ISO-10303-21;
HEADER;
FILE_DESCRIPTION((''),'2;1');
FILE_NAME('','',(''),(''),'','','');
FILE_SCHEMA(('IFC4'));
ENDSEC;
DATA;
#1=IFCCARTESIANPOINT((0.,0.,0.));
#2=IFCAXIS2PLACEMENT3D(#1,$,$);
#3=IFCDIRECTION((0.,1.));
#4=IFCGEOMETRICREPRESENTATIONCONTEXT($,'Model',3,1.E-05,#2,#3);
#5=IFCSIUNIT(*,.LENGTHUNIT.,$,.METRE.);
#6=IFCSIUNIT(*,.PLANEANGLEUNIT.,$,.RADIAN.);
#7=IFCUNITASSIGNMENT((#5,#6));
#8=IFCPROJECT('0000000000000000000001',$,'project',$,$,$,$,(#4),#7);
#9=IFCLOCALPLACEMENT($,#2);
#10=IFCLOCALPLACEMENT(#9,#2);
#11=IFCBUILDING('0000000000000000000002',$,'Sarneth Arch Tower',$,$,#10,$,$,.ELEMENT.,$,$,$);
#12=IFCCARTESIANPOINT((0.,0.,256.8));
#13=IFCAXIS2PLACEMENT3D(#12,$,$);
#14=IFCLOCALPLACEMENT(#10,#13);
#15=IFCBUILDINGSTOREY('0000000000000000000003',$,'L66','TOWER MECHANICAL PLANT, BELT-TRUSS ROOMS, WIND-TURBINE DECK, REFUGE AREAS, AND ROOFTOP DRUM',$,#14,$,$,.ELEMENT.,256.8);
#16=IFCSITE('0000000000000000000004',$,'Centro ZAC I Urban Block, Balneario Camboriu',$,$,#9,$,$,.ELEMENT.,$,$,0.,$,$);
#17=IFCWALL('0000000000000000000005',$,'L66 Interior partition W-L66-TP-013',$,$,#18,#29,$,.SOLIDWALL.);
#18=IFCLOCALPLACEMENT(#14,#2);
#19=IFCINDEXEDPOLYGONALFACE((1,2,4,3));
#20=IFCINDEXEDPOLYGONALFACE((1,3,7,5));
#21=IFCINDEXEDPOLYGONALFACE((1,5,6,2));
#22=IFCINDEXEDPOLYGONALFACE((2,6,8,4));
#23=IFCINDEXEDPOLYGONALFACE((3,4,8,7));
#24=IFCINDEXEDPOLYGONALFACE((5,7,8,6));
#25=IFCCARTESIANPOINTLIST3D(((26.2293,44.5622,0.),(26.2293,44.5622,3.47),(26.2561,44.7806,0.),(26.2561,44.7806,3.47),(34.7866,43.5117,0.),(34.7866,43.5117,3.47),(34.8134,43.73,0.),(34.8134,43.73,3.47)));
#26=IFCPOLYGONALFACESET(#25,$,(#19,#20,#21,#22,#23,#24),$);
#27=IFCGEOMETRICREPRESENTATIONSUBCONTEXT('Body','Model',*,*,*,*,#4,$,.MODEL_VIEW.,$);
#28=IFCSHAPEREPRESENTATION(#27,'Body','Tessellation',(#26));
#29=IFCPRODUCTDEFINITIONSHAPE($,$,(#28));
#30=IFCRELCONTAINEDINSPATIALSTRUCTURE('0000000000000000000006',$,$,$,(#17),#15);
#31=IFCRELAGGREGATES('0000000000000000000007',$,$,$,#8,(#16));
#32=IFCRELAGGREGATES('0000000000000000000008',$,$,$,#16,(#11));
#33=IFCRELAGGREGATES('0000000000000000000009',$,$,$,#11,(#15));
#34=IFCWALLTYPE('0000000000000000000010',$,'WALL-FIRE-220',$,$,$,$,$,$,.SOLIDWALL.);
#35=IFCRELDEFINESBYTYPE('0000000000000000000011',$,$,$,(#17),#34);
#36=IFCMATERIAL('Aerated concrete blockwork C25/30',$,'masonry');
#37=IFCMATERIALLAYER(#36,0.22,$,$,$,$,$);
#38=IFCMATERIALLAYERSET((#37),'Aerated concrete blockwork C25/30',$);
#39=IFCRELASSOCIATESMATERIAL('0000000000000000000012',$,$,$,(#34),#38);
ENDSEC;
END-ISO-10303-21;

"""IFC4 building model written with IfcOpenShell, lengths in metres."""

from ifc_helpers import new_model, si_unit, direction, frame, frame_2d, origin, place, context, subcontext, project, spatial, rectangle, extrude, material, layer, layer_set, type_object, element, save


model = new_model("IFC4")

# Units and contexts
model_context = context("Model", 3, precision=1e-05, world=origin(), true_north=direction((0.0, 1.0)))
body_context = subcontext(model_context, "Body", "Model", "MODEL_VIEW")
ifc_project = project(units=[si_unit("LENGTHUNIT", "METRE"), si_unit("PLANEANGLEUNIT", "RADIAN")], contexts=[model_context])

# Site, building, storey
site_placement = place(None, origin())
site = spatial("IfcSite", under=ifc_project, at=site_placement, Name="Centro ZAC I Urban Block, Balneario Camboriu", CompositionType="ELEMENT", RefElevation=0.0)
building_placement = place(site_placement, origin())
building = spatial("IfcBuilding", under=site, at=building_placement, Name="Sarneth Arch Tower", CompositionType="ELEMENT")
storey_placement = place(building_placement, frame((0.0, 0.0, 256.8)))
storey = spatial("IfcBuildingStorey", under=building, at=storey_placement, Name="L66", Description="TOWER MECHANICAL PLANT, BELT-TRUSS ROOMS, WIND-TURBINE DECK, REFUGE AREAS, AND ROOFTOP DRUM", CompositionType="ELEMENT", Elevation=256.8)

# Shared definitions
ifc_material_1 = material(Name="Aerated concrete blockwork C25/30", Category="masonry")
ifc_layer_1 = layer(ifc_material_1, 0.22)
ifc_layer_set_1 = layer_set([ifc_layer_1], Name="Aerated concrete blockwork C25/30")
wall_type_1 = type_object("IfcWallType", Name="WALL-FIRE-220", PredefinedType="SOLIDWALL", material=ifc_layer_set_1)

# Wall
wall_1_placement = place(storey_placement, frame((26.2427, 44.6714, 0.0), z_axis=(0.0, 0.0, 1.0), x_axis=(0.992549, -0.121849, 0.0)))
element("IfcWall", 1, at=wall_1_placement, inside=storey, type_object=wall_type_1, Name="L66 Interior partition W-L66-TP-013", PredefinedType="SOLIDWALL", context=body_context, shape_type="SweptSolid", body=[
    extrude(rectangle(XDim=8.6216, YDim=0.22, at=frame_2d((4.3108, 0.0))), origin(), (0.0, 0.0, 1.0), 3.47),
])

save(model, "model.ifc")
